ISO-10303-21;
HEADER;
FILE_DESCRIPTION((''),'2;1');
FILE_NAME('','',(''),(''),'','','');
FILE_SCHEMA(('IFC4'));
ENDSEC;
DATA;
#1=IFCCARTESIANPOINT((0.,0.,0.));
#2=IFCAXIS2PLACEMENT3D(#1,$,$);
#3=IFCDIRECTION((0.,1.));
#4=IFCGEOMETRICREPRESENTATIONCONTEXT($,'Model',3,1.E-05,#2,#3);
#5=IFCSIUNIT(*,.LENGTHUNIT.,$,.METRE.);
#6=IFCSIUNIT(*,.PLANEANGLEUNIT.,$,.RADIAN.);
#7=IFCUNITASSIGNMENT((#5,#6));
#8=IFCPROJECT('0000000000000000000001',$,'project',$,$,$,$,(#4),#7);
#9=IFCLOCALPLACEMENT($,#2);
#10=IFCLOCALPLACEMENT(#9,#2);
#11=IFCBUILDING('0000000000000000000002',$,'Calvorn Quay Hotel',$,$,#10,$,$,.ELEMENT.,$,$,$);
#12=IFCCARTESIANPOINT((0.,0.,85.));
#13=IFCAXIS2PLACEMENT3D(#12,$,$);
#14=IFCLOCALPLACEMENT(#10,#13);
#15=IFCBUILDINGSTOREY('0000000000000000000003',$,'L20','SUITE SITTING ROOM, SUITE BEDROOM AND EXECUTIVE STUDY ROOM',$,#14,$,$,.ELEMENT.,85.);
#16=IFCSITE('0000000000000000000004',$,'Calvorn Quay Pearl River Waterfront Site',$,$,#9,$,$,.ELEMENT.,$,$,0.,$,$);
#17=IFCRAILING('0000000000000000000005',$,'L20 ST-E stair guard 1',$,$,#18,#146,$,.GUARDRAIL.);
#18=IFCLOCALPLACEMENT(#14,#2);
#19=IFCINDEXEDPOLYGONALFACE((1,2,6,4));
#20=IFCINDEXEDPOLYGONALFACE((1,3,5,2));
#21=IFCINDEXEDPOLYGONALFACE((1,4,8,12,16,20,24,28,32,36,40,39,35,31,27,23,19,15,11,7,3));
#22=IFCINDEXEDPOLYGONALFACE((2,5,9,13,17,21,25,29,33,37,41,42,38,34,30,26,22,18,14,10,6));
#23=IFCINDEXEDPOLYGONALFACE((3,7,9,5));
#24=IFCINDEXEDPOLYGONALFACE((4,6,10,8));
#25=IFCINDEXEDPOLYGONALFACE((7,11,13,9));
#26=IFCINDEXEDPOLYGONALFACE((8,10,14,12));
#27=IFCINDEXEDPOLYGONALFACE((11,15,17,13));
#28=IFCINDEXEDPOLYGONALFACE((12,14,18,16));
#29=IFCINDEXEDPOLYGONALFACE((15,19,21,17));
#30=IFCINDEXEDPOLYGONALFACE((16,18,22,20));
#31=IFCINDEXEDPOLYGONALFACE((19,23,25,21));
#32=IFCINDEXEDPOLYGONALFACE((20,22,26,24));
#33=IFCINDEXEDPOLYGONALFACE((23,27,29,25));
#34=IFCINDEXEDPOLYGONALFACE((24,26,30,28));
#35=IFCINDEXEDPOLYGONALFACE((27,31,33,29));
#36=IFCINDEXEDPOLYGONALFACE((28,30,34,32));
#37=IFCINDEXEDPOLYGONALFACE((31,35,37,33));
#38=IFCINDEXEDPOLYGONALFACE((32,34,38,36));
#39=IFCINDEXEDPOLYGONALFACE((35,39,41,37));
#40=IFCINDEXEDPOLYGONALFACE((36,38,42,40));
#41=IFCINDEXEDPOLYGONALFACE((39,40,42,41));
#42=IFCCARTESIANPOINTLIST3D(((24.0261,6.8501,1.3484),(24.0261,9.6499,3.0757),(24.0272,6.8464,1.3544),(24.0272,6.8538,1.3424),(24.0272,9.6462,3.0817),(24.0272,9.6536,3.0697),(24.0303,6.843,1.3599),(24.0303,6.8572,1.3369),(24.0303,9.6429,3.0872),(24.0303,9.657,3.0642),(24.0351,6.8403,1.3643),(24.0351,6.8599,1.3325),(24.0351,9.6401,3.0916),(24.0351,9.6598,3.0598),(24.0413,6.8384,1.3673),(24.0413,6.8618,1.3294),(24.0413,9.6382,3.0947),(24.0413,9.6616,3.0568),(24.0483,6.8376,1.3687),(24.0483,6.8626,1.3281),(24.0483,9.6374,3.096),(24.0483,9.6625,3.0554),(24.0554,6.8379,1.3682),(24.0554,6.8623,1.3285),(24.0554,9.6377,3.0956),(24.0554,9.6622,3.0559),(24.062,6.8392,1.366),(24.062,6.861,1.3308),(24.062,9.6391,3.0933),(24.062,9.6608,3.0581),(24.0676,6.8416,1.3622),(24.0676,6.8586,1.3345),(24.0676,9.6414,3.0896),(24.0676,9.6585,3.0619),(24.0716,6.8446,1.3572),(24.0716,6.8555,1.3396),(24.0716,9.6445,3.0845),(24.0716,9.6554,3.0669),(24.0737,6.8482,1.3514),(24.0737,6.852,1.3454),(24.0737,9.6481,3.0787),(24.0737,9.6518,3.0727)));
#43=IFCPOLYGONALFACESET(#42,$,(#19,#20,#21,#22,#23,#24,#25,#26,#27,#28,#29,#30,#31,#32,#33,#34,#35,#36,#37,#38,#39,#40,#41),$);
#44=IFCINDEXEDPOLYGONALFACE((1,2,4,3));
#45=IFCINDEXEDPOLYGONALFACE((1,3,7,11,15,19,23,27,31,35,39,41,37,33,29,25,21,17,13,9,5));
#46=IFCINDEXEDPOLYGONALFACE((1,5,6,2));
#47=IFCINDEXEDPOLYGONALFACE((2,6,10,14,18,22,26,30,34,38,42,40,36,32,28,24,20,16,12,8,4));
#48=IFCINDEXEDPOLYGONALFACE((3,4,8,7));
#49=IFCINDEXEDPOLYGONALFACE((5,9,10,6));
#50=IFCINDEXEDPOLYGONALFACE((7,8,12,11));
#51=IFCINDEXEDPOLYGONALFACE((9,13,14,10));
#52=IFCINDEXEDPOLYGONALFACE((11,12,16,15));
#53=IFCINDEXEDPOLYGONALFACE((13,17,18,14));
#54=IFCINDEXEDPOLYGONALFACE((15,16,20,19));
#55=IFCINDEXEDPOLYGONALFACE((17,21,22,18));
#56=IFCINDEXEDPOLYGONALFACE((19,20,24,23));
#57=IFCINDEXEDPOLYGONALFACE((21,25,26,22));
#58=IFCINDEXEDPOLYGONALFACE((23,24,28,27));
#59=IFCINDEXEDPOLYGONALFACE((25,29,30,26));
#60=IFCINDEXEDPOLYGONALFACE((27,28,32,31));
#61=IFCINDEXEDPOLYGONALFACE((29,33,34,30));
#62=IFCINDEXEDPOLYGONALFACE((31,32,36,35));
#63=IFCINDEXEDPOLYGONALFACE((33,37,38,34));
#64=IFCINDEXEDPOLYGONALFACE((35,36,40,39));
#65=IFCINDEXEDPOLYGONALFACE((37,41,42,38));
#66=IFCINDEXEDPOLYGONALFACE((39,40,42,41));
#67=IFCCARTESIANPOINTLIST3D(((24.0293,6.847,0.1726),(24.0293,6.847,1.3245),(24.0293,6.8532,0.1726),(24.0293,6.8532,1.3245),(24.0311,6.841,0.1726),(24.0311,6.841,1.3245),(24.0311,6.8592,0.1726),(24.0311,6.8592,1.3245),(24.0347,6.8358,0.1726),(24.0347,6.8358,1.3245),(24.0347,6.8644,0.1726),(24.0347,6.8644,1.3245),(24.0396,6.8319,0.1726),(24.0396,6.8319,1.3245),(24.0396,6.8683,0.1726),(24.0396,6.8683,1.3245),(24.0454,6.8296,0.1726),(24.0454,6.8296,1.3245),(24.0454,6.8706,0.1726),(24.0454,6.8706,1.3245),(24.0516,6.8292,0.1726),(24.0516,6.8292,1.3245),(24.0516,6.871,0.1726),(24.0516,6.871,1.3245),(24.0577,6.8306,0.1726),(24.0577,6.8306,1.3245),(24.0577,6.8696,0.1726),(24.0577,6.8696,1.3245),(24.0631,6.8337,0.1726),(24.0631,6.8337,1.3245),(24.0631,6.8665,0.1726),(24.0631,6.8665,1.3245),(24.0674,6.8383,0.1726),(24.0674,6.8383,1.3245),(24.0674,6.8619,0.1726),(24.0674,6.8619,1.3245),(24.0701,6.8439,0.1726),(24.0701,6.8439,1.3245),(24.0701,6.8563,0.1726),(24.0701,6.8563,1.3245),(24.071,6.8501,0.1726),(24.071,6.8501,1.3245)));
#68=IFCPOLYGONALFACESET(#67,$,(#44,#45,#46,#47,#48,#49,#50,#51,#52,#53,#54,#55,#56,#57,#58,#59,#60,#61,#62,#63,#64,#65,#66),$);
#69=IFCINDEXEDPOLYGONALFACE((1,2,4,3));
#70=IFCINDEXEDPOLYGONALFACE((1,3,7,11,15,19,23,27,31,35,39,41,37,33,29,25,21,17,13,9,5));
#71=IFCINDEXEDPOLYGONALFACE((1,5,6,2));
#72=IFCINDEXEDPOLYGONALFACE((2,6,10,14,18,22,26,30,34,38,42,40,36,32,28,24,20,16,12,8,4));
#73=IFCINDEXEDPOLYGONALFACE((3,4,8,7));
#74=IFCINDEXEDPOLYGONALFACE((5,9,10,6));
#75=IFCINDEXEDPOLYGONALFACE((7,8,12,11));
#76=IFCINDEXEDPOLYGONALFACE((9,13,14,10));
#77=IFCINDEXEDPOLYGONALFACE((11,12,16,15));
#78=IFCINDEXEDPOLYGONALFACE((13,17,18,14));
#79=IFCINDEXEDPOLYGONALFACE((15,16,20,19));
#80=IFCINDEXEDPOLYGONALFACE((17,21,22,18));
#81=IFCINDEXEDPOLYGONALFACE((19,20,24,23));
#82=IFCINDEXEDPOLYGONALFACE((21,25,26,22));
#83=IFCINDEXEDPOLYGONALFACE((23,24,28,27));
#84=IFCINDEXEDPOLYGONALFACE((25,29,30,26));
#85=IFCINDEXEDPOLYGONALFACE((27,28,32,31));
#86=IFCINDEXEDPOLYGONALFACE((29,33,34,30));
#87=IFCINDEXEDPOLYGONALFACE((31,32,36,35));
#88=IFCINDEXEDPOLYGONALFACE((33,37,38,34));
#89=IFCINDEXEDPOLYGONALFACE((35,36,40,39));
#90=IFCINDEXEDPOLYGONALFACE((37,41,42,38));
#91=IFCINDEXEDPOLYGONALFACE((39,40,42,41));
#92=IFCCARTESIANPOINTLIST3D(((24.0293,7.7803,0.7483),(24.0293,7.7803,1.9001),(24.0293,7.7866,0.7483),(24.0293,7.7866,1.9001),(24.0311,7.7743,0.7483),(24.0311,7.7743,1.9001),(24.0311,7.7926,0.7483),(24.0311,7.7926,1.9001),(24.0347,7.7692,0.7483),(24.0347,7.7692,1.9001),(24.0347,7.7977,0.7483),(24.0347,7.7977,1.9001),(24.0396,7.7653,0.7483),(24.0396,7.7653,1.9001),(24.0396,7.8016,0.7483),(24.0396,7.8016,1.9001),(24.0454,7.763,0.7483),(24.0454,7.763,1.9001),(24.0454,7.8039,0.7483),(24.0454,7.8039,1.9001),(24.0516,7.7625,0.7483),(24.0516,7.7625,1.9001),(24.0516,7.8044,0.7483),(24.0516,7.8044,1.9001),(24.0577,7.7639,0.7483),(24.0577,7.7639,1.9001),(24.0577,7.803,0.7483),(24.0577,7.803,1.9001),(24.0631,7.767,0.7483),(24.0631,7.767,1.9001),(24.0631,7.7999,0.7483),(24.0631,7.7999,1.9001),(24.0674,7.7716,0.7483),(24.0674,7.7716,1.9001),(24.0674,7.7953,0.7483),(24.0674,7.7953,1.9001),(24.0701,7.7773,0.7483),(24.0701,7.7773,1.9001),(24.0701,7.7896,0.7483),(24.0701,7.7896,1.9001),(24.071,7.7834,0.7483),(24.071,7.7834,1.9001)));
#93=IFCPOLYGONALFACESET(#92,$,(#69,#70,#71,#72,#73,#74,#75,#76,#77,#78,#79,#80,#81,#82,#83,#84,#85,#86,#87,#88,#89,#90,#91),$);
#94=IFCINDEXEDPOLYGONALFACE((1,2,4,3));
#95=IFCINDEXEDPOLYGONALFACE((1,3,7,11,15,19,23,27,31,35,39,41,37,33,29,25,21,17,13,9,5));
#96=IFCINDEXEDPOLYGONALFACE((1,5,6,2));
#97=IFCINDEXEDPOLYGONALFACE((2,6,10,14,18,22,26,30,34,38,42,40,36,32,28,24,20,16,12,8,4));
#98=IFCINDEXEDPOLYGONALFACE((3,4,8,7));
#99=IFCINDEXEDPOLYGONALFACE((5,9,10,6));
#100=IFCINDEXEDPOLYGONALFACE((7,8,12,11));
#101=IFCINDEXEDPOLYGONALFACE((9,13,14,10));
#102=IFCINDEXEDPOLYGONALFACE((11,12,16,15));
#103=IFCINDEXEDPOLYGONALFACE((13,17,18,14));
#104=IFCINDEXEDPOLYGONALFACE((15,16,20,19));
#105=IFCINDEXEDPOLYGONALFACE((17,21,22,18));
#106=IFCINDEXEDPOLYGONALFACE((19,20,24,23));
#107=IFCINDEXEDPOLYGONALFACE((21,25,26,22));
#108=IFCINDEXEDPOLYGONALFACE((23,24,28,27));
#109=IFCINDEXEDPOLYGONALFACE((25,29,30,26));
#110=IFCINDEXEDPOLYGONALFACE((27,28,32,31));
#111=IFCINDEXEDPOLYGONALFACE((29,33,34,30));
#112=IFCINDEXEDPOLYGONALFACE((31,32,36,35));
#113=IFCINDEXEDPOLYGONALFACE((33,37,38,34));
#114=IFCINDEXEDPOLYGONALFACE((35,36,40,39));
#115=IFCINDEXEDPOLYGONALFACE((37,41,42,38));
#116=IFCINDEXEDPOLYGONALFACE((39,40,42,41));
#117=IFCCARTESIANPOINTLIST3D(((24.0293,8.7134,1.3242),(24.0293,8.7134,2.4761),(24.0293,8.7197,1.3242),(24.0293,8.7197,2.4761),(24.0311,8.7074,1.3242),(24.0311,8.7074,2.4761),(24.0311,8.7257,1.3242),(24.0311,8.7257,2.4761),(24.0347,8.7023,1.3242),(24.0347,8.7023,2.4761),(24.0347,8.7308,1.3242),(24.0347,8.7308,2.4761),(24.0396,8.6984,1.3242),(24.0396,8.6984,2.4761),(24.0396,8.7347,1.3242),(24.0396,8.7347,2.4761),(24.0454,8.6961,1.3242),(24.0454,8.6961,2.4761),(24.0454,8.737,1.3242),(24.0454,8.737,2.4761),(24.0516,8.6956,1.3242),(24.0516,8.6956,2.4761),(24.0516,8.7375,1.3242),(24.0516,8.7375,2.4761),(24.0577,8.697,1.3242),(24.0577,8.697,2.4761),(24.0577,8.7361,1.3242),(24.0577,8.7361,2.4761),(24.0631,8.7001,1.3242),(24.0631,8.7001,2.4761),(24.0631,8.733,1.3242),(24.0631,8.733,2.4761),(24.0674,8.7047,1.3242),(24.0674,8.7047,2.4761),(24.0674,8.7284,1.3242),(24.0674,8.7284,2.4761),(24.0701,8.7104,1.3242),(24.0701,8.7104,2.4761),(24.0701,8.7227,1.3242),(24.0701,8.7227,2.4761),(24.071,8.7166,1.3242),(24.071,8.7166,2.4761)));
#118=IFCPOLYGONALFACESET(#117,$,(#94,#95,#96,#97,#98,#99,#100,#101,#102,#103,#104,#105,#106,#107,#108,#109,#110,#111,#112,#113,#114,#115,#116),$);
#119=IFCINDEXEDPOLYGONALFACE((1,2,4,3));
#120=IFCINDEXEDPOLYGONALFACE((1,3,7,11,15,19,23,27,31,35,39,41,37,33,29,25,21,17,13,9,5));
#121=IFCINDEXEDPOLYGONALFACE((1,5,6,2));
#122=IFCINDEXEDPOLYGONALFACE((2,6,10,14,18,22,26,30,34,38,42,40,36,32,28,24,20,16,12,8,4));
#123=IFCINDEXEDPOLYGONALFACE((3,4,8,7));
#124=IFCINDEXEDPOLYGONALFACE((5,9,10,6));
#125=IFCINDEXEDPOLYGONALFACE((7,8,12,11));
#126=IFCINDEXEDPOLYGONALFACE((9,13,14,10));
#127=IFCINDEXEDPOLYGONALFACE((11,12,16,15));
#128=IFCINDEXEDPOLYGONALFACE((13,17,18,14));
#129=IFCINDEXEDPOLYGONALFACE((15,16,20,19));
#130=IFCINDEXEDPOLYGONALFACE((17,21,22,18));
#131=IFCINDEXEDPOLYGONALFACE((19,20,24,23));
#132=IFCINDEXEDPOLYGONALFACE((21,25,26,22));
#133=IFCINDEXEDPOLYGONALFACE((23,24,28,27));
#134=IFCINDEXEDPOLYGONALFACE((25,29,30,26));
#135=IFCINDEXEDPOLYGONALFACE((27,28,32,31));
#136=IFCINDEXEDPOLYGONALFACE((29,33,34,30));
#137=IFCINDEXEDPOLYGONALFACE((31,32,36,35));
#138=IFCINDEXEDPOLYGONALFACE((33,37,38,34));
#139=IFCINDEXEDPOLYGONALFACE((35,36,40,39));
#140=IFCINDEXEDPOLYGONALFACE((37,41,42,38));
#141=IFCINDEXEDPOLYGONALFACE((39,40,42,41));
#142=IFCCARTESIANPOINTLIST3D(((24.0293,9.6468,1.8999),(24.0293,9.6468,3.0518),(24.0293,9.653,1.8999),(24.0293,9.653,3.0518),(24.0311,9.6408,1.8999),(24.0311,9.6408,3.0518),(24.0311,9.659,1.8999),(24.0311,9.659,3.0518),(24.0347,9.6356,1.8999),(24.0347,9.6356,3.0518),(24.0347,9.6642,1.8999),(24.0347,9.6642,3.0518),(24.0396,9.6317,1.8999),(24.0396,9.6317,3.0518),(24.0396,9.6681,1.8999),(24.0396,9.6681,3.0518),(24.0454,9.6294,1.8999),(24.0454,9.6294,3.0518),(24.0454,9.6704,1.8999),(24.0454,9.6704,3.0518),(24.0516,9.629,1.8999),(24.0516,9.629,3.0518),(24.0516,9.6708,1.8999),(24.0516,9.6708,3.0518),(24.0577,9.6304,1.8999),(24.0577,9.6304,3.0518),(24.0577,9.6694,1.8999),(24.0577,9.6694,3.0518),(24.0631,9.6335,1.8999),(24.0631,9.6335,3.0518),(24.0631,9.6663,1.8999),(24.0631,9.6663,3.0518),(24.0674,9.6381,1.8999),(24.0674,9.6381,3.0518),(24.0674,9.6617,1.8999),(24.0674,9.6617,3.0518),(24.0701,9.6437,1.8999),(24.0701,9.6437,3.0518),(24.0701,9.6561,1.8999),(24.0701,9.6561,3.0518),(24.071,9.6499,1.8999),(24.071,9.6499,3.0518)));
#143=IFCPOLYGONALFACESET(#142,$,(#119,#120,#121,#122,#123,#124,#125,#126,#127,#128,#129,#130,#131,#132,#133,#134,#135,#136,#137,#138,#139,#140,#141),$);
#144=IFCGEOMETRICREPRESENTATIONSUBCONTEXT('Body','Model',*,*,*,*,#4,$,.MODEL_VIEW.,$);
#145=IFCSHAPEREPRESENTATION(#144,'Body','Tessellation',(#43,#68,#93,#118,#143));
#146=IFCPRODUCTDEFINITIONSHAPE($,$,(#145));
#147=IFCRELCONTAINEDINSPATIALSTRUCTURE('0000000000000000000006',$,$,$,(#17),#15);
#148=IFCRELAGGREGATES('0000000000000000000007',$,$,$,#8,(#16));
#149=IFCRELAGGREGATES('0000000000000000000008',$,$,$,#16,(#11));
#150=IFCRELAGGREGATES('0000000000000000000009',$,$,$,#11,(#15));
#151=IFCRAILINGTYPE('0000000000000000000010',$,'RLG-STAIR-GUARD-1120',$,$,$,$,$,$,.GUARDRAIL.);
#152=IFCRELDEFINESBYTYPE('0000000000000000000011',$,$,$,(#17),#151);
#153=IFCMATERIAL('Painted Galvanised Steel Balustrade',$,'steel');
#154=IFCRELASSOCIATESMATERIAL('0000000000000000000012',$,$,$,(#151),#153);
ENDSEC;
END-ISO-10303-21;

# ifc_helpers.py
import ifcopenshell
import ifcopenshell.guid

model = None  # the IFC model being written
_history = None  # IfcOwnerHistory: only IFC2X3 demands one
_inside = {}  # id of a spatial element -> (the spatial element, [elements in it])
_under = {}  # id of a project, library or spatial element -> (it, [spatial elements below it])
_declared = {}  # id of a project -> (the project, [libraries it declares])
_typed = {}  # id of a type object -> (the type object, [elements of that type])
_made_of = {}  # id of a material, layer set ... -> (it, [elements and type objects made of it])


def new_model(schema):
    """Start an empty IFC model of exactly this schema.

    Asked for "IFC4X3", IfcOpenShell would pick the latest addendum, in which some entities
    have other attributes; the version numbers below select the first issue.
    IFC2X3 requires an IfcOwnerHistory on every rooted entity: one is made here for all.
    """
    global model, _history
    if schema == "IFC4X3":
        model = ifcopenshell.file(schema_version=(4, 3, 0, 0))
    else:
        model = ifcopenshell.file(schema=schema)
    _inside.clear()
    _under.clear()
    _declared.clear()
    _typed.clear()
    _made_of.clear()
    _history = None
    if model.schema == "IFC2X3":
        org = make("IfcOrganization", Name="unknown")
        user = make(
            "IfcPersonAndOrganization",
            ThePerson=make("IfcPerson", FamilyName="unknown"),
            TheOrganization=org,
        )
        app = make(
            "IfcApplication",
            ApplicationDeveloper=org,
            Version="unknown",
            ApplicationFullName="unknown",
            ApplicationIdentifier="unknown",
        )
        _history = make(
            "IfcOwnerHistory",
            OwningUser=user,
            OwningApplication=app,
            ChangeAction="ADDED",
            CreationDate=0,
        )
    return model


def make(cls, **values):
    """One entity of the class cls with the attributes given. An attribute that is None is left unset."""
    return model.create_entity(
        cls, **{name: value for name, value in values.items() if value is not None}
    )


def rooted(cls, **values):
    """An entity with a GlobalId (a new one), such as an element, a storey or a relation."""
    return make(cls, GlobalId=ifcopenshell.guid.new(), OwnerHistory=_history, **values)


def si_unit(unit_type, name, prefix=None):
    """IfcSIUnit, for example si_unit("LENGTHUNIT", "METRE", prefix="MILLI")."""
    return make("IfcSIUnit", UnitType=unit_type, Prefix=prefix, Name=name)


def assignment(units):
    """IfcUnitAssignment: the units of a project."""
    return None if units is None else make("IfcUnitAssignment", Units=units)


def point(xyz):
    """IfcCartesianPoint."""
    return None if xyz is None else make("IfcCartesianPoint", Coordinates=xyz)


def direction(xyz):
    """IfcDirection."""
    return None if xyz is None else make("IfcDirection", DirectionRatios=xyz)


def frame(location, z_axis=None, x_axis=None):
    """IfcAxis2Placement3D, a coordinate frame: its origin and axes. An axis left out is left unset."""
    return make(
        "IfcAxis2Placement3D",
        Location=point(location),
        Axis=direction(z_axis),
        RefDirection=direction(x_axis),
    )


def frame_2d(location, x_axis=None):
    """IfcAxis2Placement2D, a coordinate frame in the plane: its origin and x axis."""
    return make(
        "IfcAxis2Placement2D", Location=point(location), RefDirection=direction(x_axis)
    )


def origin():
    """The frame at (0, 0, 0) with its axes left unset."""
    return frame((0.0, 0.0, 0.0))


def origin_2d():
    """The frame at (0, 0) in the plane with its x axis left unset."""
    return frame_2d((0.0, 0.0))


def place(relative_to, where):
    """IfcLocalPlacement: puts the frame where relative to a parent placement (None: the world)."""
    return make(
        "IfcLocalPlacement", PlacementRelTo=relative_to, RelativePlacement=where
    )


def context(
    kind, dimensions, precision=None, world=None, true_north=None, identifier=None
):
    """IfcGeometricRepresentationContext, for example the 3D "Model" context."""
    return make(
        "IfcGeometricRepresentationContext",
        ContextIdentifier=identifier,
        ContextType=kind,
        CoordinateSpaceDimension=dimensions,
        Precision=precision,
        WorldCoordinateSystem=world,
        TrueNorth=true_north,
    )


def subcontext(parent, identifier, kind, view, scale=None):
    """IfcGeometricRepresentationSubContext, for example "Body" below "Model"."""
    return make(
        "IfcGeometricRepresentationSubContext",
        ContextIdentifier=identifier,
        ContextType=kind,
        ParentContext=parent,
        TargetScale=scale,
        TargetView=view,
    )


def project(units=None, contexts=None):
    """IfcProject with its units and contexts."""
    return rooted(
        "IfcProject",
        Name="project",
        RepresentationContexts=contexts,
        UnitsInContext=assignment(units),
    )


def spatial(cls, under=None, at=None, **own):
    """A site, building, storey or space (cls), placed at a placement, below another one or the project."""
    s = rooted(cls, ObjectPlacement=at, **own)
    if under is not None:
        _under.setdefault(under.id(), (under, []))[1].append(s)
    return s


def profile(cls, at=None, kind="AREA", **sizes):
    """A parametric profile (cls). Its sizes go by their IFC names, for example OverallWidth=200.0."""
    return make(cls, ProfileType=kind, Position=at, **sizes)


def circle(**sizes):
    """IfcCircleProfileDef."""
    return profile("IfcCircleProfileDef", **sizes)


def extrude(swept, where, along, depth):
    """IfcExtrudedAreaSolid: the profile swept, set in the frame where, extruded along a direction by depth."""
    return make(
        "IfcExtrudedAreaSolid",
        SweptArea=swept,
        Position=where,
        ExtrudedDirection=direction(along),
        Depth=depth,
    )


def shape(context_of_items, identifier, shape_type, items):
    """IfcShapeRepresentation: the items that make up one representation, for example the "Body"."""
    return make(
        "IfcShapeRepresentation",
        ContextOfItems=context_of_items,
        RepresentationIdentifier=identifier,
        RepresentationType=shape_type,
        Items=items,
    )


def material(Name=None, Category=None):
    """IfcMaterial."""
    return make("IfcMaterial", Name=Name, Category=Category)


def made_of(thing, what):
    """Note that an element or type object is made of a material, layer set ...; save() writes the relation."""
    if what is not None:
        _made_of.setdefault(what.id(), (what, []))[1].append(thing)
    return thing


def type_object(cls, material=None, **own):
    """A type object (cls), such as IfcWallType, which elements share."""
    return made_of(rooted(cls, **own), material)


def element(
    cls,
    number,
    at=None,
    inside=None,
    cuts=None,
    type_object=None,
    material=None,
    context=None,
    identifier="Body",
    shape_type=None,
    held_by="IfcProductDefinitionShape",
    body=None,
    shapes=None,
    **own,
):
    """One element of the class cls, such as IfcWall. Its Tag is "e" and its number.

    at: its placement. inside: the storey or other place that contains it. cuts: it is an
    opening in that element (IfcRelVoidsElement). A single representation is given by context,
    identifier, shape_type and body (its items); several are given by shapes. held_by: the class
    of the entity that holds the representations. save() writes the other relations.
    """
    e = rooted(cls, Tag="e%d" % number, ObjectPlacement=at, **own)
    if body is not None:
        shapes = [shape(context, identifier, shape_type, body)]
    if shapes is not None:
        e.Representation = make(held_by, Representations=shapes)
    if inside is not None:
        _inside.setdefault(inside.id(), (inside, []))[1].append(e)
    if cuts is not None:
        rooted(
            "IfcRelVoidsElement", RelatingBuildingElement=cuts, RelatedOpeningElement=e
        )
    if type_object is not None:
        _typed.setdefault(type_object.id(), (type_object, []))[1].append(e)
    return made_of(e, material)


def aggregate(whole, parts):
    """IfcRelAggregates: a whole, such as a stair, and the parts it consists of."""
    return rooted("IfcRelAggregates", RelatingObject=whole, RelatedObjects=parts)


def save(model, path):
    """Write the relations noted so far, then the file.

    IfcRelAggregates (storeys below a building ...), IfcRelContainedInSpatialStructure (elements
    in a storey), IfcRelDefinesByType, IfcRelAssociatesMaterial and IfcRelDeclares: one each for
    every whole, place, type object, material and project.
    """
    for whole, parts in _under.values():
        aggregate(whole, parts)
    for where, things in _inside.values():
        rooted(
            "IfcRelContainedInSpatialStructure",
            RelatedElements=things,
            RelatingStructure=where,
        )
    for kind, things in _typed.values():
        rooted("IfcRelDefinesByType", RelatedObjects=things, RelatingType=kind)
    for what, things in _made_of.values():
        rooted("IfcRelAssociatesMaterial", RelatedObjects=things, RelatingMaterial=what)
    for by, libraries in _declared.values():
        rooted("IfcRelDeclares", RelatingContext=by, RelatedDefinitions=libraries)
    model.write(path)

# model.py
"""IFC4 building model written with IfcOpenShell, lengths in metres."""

from ifc_helpers import new_model, si_unit, direction, frame, origin, origin_2d, place, context, subcontext, project, spatial, circle, extrude, material, type_object, element, save


model = new_model("IFC4")

# Units and contexts
model_context = context("Model", 3, precision=1e-05, world=origin(), true_north=direction((0.0, 1.0)))
body_context = subcontext(model_context, "Body", "Model", "MODEL_VIEW")
ifc_project = project(units=[si_unit("LENGTHUNIT", "METRE"), si_unit("PLANEANGLEUNIT", "RADIAN")], contexts=[model_context])

# Site, building, storey
site_placement = place(None, origin())
site = spatial("IfcSite", under=ifc_project, at=site_placement, Name="Calvorn Quay Pearl River Waterfront Site", CompositionType="ELEMENT", RefElevation=0.0)
building_placement = place(site_placement, origin())
building = spatial("IfcBuilding", under=site, at=building_placement, Name="Calvorn Quay Hotel", CompositionType="ELEMENT")
storey_placement = place(building_placement, frame((0.0, 0.0, 85.0)))
storey = spatial("IfcBuildingStorey", under=building, at=storey_placement, Name="L20", Description="SUITE SITTING ROOM, SUITE BEDROOM AND EXECUTIVE STUDY ROOM", CompositionType="ELEMENT", Elevation=85.0)

# Railing
ifc_material_1 = material(Name="Painted Galvanised Steel Balustrade", Category="steel")
railing_type_1 = type_object("IfcRailingType", Name="RLG-STAIR-GUARD-1120", PredefinedType="GUARDRAIL", material=ifc_material_1)
railing_1_placement = place(storey_placement, frame((24.05, 6.8501, 0.1726)))
element("IfcRailing", 1, at=railing_1_placement, inside=storey, type_object=railing_type_1, Name="L20 ST-E stair guard 1", PredefinedType="GUARDRAIL", context=body_context, shape_type="SweptSolid", body=[
    extrude(circle(Radius=0.0239, at=origin_2d()), frame((0.0, 0.0, 1.1758), z_axis=(0.0, 0.851069, 0.525054), x_axis=(-1.0, 0.0, 0.0)), (0.0, 0.0, 1.0), 3.2898),
    extrude(circle(Radius=0.021, at=origin_2d()), origin(), (0.0, 0.0, 1.0), 1.1519),
    extrude(circle(Radius=0.021, at=origin_2d()), frame((0.0, 0.9333, 0.5757)), (0.0, 0.0, 1.0), 1.1519),
    extrude(circle(Radius=0.021, at=origin_2d()), frame((0.0, 1.8665, 1.1516)), (0.0, 0.0, 1.0), 1.1519),
    extrude(circle(Radius=0.021, at=origin_2d()), frame((0.0, 2.7998, 1.7273)), (0.0, 0.0, 1.0), 1.1519),
])

save(model, "model.ifc")
